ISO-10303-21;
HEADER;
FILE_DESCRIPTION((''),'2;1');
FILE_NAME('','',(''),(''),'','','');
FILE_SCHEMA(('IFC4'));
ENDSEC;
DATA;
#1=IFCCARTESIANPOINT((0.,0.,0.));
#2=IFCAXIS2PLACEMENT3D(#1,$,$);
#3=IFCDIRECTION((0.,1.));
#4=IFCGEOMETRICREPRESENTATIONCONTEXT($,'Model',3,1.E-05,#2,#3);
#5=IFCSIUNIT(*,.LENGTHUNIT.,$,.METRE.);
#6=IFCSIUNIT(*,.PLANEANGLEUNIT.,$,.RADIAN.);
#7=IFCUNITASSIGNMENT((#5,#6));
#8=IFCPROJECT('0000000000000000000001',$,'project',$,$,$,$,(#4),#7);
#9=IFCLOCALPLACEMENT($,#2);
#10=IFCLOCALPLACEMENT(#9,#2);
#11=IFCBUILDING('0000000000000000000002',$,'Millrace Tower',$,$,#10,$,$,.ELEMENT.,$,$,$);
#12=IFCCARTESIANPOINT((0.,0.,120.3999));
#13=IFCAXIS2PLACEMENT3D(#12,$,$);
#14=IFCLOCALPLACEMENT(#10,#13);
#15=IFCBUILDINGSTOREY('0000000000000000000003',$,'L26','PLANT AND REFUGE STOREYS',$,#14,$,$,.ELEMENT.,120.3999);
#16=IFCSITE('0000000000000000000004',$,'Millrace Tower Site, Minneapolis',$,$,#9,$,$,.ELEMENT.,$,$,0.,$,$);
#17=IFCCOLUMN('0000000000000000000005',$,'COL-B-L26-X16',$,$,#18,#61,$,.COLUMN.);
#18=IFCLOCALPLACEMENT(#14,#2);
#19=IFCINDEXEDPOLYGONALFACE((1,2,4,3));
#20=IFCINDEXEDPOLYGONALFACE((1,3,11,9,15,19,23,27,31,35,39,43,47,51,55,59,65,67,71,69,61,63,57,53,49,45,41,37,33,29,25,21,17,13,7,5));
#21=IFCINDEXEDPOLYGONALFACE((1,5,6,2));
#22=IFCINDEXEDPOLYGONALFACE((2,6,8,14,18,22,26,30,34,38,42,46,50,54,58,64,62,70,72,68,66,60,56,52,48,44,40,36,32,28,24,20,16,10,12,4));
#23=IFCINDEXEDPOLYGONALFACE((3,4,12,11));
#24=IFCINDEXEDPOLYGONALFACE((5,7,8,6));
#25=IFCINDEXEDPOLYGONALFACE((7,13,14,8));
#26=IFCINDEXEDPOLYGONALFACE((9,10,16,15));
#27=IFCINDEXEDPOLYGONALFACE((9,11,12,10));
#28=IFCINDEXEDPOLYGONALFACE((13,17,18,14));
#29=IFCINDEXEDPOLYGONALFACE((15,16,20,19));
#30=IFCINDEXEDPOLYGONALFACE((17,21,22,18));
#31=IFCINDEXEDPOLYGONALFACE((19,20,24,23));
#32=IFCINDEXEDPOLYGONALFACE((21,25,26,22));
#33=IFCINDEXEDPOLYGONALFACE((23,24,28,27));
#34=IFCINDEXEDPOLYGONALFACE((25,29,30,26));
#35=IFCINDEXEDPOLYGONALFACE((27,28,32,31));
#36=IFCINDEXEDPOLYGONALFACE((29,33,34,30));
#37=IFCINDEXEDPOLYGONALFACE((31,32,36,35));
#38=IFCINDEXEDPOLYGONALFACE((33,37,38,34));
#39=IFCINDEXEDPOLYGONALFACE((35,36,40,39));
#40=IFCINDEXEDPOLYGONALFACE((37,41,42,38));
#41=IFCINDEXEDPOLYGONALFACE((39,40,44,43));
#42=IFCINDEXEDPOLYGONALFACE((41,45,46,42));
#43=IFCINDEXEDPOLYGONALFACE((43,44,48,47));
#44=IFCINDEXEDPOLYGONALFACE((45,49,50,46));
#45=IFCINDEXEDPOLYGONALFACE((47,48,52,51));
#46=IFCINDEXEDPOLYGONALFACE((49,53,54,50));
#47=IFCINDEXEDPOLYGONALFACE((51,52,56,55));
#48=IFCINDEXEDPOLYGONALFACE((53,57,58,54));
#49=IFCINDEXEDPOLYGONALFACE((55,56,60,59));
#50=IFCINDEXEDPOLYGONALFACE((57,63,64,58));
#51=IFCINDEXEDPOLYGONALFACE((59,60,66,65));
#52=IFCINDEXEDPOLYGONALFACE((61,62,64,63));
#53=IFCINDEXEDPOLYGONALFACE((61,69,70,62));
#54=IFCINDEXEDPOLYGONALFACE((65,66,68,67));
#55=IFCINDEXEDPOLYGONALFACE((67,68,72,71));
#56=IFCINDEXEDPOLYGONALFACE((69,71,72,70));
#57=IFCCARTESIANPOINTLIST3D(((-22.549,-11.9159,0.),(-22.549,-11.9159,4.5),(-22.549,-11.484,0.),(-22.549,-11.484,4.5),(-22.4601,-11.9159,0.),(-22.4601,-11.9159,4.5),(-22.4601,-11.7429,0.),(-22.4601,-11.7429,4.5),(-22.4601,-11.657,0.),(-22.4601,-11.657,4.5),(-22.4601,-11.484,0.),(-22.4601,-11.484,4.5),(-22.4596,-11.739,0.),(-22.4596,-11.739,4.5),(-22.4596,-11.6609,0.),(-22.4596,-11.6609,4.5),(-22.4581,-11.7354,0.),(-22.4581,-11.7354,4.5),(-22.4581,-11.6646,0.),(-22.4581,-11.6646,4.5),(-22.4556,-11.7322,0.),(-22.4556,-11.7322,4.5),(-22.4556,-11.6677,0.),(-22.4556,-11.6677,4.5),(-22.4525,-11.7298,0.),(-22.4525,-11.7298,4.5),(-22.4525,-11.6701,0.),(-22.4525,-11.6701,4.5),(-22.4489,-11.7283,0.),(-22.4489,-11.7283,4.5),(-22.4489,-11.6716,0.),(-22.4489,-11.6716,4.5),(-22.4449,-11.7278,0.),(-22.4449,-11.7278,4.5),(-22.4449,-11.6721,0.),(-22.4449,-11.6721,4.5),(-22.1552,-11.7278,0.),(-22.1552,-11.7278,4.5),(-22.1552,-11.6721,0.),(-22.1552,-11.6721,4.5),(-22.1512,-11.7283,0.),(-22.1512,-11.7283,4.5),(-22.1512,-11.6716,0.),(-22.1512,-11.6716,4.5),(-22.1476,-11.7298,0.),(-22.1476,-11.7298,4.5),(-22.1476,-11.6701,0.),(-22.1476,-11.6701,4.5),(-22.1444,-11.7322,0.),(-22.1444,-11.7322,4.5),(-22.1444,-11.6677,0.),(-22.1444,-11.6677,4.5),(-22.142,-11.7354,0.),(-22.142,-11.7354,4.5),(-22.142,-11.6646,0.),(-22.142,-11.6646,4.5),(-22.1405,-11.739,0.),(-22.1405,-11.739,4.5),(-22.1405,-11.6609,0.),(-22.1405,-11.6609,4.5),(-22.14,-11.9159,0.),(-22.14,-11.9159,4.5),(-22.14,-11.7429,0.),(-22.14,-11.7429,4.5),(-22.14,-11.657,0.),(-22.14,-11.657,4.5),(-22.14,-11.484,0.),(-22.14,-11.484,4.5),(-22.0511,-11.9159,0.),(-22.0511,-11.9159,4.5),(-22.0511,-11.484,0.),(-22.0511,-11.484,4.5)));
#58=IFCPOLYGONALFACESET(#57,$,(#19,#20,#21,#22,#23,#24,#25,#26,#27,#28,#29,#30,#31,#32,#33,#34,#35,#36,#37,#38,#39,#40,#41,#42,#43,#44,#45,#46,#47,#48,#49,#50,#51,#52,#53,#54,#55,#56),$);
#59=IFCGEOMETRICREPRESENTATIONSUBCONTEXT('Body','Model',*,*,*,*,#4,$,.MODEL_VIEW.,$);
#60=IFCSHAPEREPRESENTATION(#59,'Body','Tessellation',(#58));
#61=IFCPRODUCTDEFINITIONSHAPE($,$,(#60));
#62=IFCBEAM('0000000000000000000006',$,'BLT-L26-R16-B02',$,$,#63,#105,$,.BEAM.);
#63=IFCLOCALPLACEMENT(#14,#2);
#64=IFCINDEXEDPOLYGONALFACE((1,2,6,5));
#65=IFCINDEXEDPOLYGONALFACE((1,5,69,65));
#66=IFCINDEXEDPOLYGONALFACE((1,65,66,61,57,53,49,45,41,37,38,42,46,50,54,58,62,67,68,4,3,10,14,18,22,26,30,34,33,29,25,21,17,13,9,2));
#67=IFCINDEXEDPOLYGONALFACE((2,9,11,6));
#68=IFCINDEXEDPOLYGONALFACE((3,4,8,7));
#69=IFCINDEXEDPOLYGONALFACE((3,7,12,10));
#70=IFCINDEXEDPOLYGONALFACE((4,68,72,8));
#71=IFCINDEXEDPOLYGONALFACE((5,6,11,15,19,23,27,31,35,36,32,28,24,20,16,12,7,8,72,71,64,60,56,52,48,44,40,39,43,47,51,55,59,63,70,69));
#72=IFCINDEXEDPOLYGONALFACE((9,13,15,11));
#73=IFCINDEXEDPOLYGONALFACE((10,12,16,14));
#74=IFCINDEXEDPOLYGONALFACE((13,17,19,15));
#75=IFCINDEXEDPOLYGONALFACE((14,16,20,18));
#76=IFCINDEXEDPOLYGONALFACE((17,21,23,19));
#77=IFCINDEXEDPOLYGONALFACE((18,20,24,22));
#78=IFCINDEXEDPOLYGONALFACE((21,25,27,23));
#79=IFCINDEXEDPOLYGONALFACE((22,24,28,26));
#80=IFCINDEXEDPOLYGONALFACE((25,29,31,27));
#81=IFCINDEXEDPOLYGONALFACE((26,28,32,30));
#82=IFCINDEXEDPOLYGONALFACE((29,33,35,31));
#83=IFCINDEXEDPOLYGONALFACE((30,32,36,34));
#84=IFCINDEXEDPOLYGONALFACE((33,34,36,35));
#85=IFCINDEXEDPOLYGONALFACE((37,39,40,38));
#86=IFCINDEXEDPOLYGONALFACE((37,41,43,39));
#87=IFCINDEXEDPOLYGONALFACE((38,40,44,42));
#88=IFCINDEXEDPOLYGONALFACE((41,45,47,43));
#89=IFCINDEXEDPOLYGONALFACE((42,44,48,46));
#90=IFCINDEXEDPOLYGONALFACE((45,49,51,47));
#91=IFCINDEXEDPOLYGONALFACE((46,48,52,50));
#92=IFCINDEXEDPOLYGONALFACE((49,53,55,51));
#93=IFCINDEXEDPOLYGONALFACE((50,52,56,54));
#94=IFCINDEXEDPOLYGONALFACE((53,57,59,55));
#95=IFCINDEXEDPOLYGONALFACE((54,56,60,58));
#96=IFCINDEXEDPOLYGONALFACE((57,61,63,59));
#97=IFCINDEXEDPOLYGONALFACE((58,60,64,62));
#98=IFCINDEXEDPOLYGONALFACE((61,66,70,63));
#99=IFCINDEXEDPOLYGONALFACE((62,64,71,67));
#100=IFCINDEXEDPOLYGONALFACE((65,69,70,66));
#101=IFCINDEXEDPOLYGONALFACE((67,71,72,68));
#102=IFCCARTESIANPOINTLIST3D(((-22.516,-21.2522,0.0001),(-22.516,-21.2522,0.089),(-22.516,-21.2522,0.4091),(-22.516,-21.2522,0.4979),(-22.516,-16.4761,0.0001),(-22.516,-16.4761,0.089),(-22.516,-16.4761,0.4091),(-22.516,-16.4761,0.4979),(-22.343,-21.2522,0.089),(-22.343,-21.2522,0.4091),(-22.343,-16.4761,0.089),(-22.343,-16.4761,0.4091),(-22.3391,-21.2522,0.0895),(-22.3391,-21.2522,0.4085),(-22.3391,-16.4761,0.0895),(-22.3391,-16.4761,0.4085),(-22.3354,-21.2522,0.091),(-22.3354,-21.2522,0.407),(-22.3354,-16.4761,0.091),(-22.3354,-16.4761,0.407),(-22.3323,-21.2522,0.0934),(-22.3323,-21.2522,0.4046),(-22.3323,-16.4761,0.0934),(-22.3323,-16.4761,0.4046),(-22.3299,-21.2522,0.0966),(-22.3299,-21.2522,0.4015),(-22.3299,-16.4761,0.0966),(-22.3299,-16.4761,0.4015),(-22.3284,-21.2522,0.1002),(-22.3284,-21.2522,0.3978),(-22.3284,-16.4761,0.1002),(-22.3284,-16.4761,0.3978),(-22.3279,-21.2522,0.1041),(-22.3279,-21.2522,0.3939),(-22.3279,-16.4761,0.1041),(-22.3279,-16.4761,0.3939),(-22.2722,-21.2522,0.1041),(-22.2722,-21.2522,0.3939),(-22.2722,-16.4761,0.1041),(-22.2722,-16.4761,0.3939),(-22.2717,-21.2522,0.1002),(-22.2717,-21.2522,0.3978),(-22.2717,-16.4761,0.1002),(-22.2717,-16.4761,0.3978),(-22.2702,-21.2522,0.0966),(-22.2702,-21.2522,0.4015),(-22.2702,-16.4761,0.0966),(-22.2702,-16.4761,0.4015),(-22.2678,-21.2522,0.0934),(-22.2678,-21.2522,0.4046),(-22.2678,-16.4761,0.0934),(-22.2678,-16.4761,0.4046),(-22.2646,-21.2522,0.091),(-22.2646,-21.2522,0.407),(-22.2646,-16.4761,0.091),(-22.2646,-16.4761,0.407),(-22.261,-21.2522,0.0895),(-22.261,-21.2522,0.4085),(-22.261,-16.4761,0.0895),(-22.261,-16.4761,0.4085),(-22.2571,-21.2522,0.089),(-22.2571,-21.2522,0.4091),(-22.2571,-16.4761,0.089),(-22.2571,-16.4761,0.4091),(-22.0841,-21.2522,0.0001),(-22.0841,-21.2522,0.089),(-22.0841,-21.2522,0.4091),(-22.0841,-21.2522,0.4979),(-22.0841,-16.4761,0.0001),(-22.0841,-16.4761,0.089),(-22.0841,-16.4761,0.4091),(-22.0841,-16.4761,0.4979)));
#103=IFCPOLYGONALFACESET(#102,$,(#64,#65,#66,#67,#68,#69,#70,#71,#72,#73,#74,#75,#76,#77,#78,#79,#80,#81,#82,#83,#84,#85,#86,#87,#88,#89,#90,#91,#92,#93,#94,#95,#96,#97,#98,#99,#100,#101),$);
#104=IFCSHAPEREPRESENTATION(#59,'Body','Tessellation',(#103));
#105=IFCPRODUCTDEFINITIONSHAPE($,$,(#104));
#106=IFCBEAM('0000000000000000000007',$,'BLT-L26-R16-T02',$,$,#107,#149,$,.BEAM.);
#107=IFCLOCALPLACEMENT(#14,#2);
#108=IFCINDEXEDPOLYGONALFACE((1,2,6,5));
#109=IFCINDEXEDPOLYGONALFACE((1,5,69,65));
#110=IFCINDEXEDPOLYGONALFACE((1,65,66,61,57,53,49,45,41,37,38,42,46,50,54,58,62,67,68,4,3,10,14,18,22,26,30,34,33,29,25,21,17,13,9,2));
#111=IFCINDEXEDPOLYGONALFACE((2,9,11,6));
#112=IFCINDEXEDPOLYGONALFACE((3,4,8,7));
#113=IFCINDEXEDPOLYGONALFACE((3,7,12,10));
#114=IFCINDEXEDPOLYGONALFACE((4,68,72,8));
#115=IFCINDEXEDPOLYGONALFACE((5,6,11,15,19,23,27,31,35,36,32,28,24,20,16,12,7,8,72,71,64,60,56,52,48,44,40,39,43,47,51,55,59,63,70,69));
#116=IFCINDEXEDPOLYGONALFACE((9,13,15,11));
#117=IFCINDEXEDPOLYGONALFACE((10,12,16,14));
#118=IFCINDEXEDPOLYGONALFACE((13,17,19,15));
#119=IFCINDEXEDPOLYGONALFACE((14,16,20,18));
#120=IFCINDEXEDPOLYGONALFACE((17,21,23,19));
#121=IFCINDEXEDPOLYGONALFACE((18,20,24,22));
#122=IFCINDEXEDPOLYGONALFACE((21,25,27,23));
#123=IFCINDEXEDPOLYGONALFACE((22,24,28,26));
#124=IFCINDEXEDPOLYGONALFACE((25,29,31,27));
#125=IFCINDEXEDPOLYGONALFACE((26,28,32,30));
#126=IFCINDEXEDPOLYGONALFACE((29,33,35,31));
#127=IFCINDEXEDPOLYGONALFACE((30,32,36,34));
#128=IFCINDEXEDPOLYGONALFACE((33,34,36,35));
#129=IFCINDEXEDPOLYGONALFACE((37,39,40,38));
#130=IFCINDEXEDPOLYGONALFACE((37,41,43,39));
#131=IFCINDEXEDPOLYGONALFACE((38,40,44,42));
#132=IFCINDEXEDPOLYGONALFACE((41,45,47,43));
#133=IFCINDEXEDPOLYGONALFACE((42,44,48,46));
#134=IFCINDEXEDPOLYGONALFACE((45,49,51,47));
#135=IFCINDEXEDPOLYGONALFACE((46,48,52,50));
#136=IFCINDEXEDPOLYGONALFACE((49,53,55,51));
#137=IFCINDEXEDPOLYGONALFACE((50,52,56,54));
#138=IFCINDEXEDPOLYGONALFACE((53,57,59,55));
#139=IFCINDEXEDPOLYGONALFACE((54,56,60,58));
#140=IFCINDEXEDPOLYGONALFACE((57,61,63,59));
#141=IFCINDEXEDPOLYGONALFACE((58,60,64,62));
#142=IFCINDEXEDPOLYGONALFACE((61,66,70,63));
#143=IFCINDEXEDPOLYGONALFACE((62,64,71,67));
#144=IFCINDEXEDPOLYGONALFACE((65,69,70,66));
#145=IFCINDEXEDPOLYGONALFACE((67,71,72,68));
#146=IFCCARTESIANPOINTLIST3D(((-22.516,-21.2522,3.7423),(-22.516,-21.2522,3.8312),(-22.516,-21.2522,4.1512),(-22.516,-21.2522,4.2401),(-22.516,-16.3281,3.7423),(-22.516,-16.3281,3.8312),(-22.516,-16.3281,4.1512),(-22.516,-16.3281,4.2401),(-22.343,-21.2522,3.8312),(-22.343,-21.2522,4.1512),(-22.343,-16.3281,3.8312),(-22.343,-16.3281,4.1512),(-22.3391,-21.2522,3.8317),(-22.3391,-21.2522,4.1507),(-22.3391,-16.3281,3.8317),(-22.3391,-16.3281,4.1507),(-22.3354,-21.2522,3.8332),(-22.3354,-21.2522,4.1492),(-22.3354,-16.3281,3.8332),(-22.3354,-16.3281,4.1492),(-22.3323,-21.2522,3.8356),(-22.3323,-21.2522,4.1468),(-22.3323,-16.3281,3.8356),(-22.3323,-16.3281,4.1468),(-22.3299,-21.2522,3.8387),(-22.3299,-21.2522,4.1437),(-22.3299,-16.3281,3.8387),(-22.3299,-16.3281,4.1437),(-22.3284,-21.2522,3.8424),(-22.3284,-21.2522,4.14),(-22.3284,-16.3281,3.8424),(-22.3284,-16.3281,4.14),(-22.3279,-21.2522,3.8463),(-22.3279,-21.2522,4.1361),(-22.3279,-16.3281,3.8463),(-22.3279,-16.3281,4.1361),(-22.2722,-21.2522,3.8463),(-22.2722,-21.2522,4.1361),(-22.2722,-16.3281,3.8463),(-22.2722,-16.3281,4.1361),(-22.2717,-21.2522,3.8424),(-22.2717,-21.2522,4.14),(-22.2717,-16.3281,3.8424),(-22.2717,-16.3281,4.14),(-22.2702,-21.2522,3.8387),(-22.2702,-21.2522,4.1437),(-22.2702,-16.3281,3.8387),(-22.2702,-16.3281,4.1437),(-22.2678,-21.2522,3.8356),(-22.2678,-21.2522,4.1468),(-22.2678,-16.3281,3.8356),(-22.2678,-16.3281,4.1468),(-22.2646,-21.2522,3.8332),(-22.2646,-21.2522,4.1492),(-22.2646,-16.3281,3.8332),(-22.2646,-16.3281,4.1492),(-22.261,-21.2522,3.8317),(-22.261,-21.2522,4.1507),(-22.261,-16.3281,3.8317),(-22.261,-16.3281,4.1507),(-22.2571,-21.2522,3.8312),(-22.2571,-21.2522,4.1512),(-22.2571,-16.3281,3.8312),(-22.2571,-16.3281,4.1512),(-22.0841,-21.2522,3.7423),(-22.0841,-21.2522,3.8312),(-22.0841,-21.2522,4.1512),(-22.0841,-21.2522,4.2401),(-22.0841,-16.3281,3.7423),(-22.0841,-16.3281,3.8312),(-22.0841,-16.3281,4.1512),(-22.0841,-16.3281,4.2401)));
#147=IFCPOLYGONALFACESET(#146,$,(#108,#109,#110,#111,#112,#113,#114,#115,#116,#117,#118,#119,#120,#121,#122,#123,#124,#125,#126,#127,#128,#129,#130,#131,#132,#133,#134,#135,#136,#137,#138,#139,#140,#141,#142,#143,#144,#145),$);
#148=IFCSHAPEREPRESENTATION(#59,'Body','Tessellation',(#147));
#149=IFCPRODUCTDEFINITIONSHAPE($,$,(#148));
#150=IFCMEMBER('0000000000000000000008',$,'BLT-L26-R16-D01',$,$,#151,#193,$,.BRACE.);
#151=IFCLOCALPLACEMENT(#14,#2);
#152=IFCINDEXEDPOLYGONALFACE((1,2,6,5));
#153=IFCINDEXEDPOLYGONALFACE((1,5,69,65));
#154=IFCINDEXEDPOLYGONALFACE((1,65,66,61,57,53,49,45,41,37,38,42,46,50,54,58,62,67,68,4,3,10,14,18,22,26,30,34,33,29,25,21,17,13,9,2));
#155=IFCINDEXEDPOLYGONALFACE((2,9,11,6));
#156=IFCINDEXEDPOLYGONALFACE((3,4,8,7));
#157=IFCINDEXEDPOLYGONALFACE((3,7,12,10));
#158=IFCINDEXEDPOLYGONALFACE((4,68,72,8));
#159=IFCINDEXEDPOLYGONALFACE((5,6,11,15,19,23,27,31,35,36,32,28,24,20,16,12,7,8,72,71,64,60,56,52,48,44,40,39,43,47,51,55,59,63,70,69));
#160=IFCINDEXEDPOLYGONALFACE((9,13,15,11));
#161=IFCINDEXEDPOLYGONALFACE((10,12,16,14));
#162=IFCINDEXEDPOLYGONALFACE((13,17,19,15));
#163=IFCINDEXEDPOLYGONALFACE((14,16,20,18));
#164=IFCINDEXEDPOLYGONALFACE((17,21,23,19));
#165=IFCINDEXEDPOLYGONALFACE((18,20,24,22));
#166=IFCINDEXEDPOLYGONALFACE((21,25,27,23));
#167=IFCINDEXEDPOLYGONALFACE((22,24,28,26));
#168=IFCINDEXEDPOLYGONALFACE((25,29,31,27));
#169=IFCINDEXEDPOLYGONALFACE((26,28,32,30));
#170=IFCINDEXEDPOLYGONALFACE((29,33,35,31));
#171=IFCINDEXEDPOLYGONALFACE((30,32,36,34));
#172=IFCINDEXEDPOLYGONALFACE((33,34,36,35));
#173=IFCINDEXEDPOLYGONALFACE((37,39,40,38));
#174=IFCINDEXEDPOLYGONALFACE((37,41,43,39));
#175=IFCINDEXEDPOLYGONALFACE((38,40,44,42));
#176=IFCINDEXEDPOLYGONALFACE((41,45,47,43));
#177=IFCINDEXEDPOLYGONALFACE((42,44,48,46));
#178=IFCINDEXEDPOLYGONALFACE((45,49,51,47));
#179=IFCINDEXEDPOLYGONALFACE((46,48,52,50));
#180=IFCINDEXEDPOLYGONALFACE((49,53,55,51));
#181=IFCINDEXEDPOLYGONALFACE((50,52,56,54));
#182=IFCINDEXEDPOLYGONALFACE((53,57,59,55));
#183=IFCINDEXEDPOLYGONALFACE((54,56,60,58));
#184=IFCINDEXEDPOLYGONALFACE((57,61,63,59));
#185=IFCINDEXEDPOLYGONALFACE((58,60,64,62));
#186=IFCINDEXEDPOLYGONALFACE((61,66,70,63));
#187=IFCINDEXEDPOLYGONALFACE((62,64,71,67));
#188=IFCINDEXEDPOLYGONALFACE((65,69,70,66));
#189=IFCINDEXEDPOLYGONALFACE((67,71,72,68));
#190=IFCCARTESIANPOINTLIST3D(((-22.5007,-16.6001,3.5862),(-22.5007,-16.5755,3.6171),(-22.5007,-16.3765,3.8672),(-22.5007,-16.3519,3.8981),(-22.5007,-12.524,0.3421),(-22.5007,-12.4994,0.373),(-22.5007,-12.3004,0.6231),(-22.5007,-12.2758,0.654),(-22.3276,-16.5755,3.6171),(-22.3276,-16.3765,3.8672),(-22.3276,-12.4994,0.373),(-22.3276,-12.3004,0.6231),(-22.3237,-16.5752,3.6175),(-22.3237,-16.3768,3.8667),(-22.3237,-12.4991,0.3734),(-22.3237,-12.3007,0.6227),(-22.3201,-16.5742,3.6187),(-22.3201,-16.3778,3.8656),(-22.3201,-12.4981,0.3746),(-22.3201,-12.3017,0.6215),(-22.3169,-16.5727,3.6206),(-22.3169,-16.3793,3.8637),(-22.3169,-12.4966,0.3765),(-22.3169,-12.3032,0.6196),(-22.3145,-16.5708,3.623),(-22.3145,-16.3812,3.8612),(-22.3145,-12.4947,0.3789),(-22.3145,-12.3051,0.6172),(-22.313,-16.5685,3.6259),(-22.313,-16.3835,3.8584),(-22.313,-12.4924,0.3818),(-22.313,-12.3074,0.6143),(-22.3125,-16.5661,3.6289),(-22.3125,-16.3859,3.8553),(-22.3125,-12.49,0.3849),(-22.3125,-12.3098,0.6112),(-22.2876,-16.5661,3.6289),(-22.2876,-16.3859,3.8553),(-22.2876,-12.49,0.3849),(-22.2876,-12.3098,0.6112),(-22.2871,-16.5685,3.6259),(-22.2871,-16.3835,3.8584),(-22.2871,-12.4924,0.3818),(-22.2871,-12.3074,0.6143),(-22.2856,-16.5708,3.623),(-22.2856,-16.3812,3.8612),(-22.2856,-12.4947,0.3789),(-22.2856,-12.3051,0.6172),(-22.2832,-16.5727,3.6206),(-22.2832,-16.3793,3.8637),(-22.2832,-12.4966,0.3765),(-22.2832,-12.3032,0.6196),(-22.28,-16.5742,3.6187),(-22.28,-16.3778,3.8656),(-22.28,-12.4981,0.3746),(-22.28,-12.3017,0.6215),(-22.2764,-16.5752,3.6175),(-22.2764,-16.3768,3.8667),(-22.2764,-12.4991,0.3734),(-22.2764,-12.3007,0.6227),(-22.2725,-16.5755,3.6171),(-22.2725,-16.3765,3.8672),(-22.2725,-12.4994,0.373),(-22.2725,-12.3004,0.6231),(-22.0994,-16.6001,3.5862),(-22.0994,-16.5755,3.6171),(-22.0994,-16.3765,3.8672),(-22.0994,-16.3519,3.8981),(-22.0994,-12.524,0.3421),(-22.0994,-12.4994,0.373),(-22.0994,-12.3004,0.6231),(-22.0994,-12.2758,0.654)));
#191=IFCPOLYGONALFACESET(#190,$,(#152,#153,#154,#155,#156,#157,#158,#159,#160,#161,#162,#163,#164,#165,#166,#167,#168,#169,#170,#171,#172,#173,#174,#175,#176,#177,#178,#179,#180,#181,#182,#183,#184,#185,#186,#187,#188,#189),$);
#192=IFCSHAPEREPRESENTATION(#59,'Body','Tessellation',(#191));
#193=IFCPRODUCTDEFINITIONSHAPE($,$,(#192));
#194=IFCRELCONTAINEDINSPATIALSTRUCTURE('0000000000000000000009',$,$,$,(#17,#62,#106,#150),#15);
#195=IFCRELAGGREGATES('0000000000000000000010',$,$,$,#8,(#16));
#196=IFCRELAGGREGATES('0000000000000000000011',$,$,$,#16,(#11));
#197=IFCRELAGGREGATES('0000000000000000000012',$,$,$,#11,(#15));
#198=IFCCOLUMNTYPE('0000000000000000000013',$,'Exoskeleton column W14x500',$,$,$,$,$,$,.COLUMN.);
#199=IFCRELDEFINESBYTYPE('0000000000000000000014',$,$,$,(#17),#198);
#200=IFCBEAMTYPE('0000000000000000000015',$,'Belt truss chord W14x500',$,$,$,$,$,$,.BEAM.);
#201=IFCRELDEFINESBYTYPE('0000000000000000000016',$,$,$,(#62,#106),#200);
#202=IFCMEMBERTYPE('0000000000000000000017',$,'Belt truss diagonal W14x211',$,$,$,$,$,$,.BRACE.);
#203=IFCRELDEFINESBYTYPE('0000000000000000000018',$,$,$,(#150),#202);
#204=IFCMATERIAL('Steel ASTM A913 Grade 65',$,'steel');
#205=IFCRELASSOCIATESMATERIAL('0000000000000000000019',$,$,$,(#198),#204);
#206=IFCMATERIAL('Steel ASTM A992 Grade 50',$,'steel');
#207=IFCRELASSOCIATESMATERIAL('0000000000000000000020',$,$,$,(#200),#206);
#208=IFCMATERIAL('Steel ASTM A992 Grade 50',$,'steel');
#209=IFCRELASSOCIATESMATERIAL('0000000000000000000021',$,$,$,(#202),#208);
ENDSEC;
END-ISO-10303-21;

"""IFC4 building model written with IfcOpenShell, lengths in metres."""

from ifc_helpers import new_model, si_unit, direction, frame, origin, origin_2d, place, context, subcontext, project, spatial, i_section, extrude, material, material_profile, profile_set, type_object, element, save


model = new_model("IFC4")

# Units and contexts
model_context = context("Model", 3, precision=1e-05, world=origin(), true_north=direction((0.0, 1.0)))
body_context = subcontext(model_context, "Body", "Model", "MODEL_VIEW")
ifc_project = project(units=[si_unit("LENGTHUNIT", "METRE"), si_unit("PLANEANGLEUNIT", "RADIAN")], contexts=[model_context])

# Site, building, storey
site_placement = place(None, origin())
site = spatial("IfcSite", under=ifc_project, at=site_placement, Name="Millrace Tower Site, Minneapolis", CompositionType="ELEMENT", RefElevation=0.0)
building_placement = place(site_placement, origin())
building = spatial("IfcBuilding", under=site, at=building_placement, Name="Millrace Tower", CompositionType="ELEMENT")
storey_placement = place(building_placement, frame((0.0, 0.0, 120.3999)))
storey = spatial("IfcBuildingStorey", under=building, at=storey_placement, Name="L26", Description="PLANT AND REFUGE STOREYS", CompositionType="ELEMENT", Elevation=120.3999)

# Column
ifc_material_1 = material(Name="Steel ASTM A913 Grade 65", Category="steel")
ifc_material_profile_1 = material_profile(ifc_material_1, i_section(OverallWidth=0.4319, OverallDepth=0.4978, WebThickness=0.0557, FlangeThickness=0.0889, FilletRadius=0.0151, at=origin_2d()))
ifc_profile_set_1 = profile_set([ifc_material_profile_1], Name="Steel ASTM A913 Grade 65")
column_type = type_object("IfcColumnType", Name="Exoskeleton column W14x500", PredefinedType="COLUMN", material=ifc_profile_set_1)
column_placement = place(storey_placement, frame((-22.3, -11.7, 0.0), z_axis=(0.0, 0.0, 1.0), x_axis=(0.0, -1.0, 0.0)))
element("IfcColumn", 1, at=column_placement, inside=storey, type_object=column_type, Name="COL-B-L26-X16", PredefinedType="COLUMN", context=body_context, shape_type="SweptSolid", body=[
    extrude(i_section(OverallWidth=0.4319, OverallDepth=0.4978, WebThickness=0.0557, FlangeThickness=0.0889, FilletRadius=0.0151, at=origin_2d()), origin(), (0.0, 0.0, 1.0), 4.5),
])

# Beams
ifc_material_2 = material(Name="Steel ASTM A992 Grade 50", Category="steel")
ifc_material_profile_2 = material_profile(ifc_material_2, i_section(OverallWidth=0.4319, OverallDepth=0.4978, WebThickness=0.0557, FlangeThickness=0.0889, FilletRadius=0.0151, at=origin_2d()))
ifc_profile_set_2 = profile_set([ifc_material_profile_2], Name="Steel ASTM A992 Grade 50")
beam_type_1 = type_object("IfcBeamType", Name="Belt truss chord W14x500", PredefinedType="BEAM", material=ifc_profile_set_2)
beam_1_placement = place(storey_placement, frame((-22.3, -16.4761, 0.249), z_axis=(0.0, -1.0, 0.0), x_axis=(1.0, 0.0, 0.0)))
element("IfcBeam", 2, at=beam_1_placement, inside=storey, type_object=beam_type_1, Name="BLT-L26-R16-B02", PredefinedType="BEAM", context=body_context, shape_type="SweptSolid", body=[
    extrude(i_section(OverallWidth=0.4319, OverallDepth=0.4978, WebThickness=0.0557, FlangeThickness=0.0889, FilletRadius=0.0151, at=origin_2d()), origin(), (0.0, 0.0, 1.0), 4.7761),
])
beam_2_placement = place(storey_placement, frame((-22.3, -16.3281, 3.9912), z_axis=(0.0, -1.0, 0.0), x_axis=(1.0, 0.0, 0.0)))
element("IfcBeam", 3, at=beam_2_placement, inside=storey, type_object=beam_type_1, Name="BLT-L26-R16-T02", PredefinedType="BEAM", context=body_context, shape_type="SweptSolid", body=[
    extrude(i_section(OverallWidth=0.4319, OverallDepth=0.4978, WebThickness=0.0557, FlangeThickness=0.0889, FilletRadius=0.0151, at=origin_2d()), origin(), (0.0, 0.0, 1.0), 4.9241),
])

# Member
ifc_material_3 = material(Name="Steel ASTM A992 Grade 50", Category="steel")
ifc_material_profile_3 = material_profile(ifc_material_3, i_section(OverallWidth=0.4014, OverallDepth=0.3987, WebThickness=0.0249, FlangeThickness=0.0396, FilletRadius=0.0151, at=origin_2d()))
ifc_profile_set_3 = profile_set([ifc_material_profile_3], Name="Steel ASTM A992 Grade 50")
member_type_1 = type_object("IfcMemberType", Name="Belt truss diagonal W14x211", PredefinedType="BRACE", material=ifc_profile_set_3)
member_1_placement = place(storey_placement, frame((-22.3, -12.3999, 0.498), z_axis=(0.0, -0.782439, 0.622727), x_axis=(1.0, 0.0, 0.0)))
element("IfcMember", 4, at=member_1_placement, inside=storey, type_object=member_type_1, Name="BLT-L26-R16-D01", PredefinedType="BRACE", context=body_context, shape_type="SweptSolid", body=[
    extrude(i_section(OverallWidth=0.4014, OverallDepth=0.3987, WebThickness=0.0249, FlangeThickness=0.0396, FilletRadius=0.0151, at=origin_2d()), origin(), (0.0, 0.0, 1.0), 5.2095),
])

save(model, "model.ifc")
